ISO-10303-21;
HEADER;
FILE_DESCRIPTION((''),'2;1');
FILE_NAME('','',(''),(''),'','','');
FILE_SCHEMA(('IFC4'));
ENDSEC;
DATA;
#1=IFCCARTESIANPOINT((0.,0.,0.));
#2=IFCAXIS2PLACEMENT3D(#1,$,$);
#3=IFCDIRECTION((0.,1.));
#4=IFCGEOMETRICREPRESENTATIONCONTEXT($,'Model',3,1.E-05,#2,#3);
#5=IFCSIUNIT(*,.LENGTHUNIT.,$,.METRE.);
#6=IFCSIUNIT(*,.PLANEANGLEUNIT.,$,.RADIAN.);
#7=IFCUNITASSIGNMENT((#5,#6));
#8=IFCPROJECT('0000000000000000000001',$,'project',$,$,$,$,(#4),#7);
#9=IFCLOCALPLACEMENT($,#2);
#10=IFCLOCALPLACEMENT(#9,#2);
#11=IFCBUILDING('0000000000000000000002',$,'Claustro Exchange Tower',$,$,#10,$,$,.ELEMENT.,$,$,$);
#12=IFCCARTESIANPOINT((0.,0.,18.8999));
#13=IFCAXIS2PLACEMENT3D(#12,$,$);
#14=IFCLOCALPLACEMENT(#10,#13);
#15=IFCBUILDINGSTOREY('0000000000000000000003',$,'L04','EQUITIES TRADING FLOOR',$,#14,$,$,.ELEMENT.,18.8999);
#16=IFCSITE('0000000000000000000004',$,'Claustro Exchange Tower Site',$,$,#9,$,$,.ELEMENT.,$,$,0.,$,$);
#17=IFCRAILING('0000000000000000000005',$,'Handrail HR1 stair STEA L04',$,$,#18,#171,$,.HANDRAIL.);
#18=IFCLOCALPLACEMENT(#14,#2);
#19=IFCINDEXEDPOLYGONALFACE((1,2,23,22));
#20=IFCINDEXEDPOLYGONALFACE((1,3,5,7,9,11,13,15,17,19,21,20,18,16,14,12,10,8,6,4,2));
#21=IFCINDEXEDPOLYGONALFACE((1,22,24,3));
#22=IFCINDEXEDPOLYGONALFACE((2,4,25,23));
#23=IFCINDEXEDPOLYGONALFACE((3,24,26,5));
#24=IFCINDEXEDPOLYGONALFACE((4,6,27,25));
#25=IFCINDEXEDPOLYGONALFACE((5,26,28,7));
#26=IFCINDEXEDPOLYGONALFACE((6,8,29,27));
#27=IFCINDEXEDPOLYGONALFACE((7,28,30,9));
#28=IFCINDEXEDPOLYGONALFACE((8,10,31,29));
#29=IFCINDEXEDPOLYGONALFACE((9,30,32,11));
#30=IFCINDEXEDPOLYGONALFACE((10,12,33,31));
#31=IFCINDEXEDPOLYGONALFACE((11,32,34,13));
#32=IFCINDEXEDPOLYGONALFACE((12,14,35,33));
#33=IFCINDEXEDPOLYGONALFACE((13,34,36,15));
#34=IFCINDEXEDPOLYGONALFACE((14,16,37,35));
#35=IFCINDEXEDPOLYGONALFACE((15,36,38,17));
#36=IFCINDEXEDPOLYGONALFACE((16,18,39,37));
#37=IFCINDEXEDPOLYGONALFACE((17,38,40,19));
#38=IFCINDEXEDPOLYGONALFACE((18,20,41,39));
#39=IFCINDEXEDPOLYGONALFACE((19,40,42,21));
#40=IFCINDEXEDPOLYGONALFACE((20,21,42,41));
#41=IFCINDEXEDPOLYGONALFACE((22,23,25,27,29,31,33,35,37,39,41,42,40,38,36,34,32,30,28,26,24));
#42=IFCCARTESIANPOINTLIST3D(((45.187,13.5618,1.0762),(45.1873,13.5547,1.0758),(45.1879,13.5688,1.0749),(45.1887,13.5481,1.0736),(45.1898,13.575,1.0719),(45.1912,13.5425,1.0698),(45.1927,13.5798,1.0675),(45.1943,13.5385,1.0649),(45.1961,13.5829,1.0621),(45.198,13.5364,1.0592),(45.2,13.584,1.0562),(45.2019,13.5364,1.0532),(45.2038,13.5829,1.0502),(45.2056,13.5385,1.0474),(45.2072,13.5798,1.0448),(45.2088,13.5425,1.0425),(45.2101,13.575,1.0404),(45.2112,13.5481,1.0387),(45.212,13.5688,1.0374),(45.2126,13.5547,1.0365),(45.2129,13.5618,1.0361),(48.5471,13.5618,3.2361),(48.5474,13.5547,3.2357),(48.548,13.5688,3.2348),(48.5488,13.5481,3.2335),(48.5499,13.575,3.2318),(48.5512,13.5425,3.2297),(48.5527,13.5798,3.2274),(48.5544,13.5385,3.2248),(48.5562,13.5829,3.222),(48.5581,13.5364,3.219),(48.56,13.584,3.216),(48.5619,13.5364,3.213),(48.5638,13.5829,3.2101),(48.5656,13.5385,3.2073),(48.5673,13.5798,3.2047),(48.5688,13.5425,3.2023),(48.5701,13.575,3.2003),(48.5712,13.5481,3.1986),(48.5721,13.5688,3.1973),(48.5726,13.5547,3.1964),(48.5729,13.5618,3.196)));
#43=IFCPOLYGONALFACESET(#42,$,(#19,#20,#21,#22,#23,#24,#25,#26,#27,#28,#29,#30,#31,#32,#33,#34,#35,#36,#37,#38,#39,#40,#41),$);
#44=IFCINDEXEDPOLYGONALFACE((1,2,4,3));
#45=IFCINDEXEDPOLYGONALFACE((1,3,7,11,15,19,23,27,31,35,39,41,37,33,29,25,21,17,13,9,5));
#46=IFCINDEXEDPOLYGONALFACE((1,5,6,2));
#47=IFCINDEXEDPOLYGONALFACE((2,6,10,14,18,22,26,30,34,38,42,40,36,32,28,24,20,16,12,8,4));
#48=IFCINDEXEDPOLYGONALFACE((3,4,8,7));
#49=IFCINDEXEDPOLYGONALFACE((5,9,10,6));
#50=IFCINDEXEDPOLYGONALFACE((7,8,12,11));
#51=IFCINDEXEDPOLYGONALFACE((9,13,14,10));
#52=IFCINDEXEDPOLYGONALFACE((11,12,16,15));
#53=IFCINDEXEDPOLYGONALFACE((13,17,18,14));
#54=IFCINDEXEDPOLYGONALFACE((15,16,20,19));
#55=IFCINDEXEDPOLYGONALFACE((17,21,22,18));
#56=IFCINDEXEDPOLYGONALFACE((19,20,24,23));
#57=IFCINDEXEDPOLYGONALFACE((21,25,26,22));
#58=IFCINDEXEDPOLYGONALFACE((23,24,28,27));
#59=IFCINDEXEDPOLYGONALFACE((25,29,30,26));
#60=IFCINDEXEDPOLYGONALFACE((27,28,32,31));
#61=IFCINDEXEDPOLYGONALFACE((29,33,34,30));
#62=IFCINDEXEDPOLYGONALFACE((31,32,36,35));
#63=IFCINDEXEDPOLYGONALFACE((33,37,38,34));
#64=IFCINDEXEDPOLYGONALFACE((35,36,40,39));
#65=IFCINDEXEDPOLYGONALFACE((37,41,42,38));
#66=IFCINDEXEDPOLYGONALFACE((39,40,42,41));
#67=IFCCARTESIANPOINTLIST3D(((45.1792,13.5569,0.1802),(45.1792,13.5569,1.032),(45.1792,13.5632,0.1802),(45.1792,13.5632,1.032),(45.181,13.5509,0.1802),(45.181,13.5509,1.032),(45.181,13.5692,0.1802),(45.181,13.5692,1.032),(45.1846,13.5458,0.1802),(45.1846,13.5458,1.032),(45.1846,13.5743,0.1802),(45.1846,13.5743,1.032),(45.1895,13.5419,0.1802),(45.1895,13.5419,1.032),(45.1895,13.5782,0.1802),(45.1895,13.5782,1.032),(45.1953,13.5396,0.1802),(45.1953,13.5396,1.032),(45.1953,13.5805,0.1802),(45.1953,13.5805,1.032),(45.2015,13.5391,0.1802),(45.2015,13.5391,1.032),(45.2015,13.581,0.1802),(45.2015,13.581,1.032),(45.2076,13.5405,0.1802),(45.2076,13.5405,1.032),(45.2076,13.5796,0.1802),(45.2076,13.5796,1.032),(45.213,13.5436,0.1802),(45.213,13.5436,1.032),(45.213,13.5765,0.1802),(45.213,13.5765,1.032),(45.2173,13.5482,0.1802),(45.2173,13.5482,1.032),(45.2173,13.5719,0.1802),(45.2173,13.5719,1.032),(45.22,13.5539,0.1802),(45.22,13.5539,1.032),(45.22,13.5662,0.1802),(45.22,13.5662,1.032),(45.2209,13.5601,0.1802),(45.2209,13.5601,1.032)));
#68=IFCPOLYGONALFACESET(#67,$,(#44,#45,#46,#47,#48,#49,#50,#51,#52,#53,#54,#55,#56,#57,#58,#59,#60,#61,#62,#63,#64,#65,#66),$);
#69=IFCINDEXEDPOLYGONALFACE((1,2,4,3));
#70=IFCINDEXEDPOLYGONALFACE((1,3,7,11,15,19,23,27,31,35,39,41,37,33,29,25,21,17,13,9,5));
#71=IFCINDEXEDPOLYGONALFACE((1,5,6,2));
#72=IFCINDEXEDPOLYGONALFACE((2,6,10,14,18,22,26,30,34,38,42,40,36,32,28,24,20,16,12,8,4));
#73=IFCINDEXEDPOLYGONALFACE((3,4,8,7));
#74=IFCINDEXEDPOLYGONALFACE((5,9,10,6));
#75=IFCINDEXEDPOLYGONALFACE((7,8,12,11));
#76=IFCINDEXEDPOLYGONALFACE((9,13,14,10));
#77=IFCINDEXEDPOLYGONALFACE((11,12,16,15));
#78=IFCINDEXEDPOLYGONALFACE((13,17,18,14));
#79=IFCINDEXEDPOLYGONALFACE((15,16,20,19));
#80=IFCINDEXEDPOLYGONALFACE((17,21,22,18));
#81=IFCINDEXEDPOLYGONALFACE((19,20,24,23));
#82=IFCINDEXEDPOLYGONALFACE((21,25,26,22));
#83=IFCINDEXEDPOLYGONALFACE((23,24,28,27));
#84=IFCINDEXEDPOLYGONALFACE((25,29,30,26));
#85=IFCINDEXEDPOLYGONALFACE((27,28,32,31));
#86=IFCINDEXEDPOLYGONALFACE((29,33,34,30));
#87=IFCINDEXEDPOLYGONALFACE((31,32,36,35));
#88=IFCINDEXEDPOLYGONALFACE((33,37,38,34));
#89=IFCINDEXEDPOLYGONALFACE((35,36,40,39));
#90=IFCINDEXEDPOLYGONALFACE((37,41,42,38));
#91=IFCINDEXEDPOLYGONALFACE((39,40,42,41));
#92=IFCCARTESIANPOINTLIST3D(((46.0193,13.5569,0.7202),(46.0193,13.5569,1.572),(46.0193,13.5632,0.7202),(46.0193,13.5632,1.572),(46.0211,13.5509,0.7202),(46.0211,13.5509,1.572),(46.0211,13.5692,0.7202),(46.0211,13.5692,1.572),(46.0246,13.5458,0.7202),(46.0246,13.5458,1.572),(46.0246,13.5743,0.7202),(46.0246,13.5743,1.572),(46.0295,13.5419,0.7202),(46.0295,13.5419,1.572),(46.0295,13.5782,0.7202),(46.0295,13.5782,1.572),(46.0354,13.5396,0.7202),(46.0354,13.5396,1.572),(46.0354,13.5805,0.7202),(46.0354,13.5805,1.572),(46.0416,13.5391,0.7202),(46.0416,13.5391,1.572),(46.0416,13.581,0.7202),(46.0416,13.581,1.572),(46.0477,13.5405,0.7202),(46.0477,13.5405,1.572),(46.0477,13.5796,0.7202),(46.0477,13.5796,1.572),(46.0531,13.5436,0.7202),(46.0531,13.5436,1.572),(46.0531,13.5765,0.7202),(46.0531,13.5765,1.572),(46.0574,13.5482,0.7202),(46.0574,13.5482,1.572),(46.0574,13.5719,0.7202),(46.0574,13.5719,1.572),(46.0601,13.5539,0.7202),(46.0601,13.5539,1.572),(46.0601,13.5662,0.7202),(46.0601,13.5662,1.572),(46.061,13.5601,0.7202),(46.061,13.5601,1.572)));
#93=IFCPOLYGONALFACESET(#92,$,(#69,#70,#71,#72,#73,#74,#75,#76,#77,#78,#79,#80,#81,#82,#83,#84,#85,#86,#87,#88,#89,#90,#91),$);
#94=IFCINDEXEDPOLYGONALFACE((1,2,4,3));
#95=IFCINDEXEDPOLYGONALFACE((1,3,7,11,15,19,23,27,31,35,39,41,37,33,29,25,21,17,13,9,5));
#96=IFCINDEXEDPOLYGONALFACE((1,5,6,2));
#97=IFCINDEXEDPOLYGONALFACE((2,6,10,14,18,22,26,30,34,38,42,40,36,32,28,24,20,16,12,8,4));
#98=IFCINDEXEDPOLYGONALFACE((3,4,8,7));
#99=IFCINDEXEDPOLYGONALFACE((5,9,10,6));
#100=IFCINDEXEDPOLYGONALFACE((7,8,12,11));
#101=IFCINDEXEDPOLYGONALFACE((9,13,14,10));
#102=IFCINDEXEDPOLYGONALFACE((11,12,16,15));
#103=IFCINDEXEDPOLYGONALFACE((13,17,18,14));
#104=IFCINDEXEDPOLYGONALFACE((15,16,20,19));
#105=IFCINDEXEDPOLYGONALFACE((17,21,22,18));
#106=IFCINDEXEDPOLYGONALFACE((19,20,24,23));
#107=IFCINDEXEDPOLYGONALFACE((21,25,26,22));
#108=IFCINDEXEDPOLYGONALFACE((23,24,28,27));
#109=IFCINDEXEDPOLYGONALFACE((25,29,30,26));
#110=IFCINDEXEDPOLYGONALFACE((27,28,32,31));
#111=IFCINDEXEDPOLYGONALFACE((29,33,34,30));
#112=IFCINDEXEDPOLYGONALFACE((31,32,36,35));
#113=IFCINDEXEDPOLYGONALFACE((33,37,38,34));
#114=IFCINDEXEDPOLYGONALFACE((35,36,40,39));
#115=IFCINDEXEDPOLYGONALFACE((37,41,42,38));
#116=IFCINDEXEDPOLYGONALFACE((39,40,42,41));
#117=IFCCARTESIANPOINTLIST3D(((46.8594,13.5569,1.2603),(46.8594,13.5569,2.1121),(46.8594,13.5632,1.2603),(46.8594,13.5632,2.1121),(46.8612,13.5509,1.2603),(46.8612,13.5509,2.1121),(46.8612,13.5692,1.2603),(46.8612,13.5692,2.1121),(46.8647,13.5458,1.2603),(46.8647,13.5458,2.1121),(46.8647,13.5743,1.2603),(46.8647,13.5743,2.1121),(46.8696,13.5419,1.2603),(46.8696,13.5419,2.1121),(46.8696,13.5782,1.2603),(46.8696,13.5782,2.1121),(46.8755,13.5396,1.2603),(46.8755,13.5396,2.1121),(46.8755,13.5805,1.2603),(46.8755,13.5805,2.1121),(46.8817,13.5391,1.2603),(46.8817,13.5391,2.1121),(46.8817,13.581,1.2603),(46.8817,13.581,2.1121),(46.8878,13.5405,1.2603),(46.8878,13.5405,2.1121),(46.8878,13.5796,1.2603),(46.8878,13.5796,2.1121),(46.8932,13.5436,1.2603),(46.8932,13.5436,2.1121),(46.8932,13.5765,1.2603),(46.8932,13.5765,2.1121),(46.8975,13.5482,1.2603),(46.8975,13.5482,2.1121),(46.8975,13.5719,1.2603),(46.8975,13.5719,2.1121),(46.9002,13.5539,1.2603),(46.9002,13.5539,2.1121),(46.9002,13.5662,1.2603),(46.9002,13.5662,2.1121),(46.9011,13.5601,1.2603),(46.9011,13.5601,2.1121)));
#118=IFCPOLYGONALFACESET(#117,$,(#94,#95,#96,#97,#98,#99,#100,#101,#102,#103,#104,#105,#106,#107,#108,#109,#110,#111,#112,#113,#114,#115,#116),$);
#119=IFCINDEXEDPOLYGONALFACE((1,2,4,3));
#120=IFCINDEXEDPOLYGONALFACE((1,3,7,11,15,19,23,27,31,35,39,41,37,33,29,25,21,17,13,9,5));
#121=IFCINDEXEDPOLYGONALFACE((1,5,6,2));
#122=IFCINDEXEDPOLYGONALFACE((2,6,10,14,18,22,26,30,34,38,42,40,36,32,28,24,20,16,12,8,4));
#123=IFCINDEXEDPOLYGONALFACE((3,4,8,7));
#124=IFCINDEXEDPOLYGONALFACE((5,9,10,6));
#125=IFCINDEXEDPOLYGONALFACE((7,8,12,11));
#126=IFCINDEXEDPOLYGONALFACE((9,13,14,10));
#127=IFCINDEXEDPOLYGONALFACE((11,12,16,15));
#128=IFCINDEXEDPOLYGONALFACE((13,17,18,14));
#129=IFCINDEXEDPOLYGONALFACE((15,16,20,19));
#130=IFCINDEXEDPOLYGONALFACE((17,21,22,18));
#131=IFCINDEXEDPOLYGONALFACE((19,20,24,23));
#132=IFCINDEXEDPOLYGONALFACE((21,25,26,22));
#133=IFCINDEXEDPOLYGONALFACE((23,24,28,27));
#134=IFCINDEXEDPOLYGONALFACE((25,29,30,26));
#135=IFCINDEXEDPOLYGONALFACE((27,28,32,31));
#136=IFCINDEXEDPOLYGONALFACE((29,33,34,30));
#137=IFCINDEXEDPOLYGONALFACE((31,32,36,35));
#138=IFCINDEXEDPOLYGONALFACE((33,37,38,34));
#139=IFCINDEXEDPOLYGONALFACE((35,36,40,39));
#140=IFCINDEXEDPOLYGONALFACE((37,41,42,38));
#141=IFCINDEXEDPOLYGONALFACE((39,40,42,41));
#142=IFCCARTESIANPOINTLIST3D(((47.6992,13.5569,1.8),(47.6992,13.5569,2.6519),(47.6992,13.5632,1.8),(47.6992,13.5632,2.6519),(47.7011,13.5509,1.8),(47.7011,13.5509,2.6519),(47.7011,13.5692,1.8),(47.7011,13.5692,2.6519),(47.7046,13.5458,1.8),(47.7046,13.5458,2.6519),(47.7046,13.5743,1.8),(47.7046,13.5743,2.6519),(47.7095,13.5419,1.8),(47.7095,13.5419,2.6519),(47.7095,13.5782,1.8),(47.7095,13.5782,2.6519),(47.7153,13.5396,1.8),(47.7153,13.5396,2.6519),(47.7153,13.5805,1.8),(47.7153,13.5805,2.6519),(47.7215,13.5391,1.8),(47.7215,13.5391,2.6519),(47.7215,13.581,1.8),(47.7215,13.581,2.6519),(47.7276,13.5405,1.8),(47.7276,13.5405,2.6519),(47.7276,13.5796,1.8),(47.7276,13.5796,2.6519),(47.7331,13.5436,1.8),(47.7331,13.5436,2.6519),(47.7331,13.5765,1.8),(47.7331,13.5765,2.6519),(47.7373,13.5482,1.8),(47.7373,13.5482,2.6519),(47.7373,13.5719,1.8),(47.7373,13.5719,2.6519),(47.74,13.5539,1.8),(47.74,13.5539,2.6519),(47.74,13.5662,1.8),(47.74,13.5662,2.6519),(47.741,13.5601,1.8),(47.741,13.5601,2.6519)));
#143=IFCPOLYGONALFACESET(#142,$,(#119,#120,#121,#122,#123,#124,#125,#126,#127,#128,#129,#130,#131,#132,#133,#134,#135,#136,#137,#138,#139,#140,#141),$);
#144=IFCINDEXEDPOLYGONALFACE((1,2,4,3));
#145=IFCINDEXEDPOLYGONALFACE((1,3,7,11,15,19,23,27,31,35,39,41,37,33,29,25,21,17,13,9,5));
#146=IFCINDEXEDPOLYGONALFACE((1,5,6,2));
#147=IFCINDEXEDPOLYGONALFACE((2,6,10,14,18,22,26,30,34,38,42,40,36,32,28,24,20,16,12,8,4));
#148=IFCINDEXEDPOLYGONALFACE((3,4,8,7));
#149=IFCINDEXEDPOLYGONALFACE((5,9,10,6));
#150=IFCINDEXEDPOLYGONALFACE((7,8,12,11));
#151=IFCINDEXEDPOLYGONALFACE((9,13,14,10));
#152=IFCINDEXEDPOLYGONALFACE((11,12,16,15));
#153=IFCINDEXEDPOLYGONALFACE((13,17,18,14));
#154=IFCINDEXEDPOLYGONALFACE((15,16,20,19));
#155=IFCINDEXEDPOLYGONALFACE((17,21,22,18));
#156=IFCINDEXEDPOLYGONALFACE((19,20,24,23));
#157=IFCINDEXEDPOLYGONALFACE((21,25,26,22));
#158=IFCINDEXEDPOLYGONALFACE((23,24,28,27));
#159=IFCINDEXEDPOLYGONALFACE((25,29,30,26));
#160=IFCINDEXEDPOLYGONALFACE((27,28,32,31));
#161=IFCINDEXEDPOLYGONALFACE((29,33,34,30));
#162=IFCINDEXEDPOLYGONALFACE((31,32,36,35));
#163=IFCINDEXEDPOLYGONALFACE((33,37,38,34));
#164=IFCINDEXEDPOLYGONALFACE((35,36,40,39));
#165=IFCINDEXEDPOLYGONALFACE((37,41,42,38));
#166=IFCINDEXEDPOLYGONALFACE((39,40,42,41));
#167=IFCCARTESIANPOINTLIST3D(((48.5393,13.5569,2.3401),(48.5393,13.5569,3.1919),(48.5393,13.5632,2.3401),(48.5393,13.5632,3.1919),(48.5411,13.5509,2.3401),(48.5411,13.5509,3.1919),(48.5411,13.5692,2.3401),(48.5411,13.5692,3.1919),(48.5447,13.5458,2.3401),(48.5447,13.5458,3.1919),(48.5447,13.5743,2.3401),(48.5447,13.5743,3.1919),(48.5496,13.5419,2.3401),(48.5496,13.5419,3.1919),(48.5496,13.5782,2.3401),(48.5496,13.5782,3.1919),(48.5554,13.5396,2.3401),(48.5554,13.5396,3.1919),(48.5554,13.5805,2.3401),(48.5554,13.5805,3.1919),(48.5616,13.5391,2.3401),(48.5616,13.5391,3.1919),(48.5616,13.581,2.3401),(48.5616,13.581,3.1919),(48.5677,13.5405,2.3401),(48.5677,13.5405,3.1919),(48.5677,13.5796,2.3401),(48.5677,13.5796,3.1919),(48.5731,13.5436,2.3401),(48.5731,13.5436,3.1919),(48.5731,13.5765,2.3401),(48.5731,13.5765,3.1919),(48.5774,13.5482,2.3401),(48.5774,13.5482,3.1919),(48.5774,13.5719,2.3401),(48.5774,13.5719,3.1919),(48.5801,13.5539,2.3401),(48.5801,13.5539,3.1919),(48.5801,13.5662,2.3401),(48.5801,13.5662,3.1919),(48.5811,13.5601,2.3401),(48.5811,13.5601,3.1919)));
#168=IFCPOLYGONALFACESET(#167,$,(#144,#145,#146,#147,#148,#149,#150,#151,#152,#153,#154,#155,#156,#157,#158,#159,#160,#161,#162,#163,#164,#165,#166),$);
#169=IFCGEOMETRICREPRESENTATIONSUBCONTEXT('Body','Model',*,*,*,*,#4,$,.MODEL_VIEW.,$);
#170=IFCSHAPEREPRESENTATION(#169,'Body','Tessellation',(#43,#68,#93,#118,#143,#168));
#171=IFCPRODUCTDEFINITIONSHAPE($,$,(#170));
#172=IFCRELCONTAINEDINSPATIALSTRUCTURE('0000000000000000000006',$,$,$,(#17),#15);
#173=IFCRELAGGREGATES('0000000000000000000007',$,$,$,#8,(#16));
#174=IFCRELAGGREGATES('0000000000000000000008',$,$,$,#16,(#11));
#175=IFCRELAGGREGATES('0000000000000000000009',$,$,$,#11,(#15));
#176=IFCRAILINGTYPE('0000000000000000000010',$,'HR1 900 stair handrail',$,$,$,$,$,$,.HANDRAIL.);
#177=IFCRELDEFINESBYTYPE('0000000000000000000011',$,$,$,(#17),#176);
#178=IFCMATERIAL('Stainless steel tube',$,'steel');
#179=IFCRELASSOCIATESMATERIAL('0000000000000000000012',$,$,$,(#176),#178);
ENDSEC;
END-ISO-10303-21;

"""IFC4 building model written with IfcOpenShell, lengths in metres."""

from ifc_helpers import new_model, si_unit, direction, frame, origin, origin_2d, place, context, subcontext, project, spatial, circle, extrude, material, type_object, element, save


model = new_model("IFC4")

# Units and contexts
model_context = context("Model", 3, precision=1e-05, world=origin(), true_north=direction((0.0, 1.0)))
body_context = subcontext(model_context, "Body", "Model", "MODEL_VIEW")
ifc_project = project(units=[si_unit("LENGTHUNIT", "METRE"), si_unit("PLANEANGLEUNIT", "RADIAN")], contexts=[model_context])

# Site, building, storey
site_placement = place(None, origin())
site = spatial("IfcSite", under=ifc_project, at=site_placement, Name="Claustro Exchange Tower Site", CompositionType="ELEMENT", RefElevation=0.0)
building_placement = place(site_placement, origin())
building = spatial("IfcBuilding", under=site, at=building_placement, Name="Claustro Exchange Tower", CompositionType="ELEMENT")
storey_placement = place(building_placement, frame((0.0, 0.0, 18.8999)))
storey = spatial("IfcBuildingStorey", under=building, at=storey_placement, Name="L04", Description="EQUITIES TRADING FLOOR", CompositionType="ELEMENT", Elevation=18.8999)

# Railing
ifc_material_1 = material(Name="Stainless steel tube", Category="steel")
railing_type_1 = type_object("IfcRailingType", Name="HR1 900 stair handrail", PredefinedType="HANDRAIL", material=ifc_material_1)
railing_1_placement = place(storey_placement, frame((45.2, 13.5601, 0.1802)))
element("IfcRailing", 1, at=railing_1_placement, inside=storey, type_object=railing_type_1, Name="Handrail HR1 stair STEA L04", PredefinedType="HANDRAIL", context=body_context, shape_type="SweptSolid", body=[
    extrude(circle(Radius=0.0239, at=origin_2d()), frame((0.0, 0.0, 0.876), z_axis=(0.841196, 0.0, 0.54073), x_axis=(0.0, 1.0, 0.0)), (0.0, 0.0, 1.0), 3.9944),
    extrude(circle(Radius=0.021, at=origin_2d()), origin(), (0.0, 0.0, 1.0), 0.8518),
    extrude(circle(Radius=0.021, at=origin_2d()), frame((0.8401, 0.0, 0.54)), (0.0, 0.0, 1.0), 0.8518),
    extrude(circle(Radius=0.021, at=origin_2d()), frame((1.6802, 0.0, 1.0801)), (0.0, 0.0, 1.0), 0.8518),
    extrude(circle(Radius=0.021, at=origin_2d()), frame((2.52, 0.0, 1.6199)), (0.0, 0.0, 1.0), 0.8518),
    extrude(circle(Radius=0.021, at=origin_2d()), frame((3.3601, 0.0, 2.1599)), (0.0, 0.0, 1.0), 0.8518),
])

save(model, "model.ifc")
